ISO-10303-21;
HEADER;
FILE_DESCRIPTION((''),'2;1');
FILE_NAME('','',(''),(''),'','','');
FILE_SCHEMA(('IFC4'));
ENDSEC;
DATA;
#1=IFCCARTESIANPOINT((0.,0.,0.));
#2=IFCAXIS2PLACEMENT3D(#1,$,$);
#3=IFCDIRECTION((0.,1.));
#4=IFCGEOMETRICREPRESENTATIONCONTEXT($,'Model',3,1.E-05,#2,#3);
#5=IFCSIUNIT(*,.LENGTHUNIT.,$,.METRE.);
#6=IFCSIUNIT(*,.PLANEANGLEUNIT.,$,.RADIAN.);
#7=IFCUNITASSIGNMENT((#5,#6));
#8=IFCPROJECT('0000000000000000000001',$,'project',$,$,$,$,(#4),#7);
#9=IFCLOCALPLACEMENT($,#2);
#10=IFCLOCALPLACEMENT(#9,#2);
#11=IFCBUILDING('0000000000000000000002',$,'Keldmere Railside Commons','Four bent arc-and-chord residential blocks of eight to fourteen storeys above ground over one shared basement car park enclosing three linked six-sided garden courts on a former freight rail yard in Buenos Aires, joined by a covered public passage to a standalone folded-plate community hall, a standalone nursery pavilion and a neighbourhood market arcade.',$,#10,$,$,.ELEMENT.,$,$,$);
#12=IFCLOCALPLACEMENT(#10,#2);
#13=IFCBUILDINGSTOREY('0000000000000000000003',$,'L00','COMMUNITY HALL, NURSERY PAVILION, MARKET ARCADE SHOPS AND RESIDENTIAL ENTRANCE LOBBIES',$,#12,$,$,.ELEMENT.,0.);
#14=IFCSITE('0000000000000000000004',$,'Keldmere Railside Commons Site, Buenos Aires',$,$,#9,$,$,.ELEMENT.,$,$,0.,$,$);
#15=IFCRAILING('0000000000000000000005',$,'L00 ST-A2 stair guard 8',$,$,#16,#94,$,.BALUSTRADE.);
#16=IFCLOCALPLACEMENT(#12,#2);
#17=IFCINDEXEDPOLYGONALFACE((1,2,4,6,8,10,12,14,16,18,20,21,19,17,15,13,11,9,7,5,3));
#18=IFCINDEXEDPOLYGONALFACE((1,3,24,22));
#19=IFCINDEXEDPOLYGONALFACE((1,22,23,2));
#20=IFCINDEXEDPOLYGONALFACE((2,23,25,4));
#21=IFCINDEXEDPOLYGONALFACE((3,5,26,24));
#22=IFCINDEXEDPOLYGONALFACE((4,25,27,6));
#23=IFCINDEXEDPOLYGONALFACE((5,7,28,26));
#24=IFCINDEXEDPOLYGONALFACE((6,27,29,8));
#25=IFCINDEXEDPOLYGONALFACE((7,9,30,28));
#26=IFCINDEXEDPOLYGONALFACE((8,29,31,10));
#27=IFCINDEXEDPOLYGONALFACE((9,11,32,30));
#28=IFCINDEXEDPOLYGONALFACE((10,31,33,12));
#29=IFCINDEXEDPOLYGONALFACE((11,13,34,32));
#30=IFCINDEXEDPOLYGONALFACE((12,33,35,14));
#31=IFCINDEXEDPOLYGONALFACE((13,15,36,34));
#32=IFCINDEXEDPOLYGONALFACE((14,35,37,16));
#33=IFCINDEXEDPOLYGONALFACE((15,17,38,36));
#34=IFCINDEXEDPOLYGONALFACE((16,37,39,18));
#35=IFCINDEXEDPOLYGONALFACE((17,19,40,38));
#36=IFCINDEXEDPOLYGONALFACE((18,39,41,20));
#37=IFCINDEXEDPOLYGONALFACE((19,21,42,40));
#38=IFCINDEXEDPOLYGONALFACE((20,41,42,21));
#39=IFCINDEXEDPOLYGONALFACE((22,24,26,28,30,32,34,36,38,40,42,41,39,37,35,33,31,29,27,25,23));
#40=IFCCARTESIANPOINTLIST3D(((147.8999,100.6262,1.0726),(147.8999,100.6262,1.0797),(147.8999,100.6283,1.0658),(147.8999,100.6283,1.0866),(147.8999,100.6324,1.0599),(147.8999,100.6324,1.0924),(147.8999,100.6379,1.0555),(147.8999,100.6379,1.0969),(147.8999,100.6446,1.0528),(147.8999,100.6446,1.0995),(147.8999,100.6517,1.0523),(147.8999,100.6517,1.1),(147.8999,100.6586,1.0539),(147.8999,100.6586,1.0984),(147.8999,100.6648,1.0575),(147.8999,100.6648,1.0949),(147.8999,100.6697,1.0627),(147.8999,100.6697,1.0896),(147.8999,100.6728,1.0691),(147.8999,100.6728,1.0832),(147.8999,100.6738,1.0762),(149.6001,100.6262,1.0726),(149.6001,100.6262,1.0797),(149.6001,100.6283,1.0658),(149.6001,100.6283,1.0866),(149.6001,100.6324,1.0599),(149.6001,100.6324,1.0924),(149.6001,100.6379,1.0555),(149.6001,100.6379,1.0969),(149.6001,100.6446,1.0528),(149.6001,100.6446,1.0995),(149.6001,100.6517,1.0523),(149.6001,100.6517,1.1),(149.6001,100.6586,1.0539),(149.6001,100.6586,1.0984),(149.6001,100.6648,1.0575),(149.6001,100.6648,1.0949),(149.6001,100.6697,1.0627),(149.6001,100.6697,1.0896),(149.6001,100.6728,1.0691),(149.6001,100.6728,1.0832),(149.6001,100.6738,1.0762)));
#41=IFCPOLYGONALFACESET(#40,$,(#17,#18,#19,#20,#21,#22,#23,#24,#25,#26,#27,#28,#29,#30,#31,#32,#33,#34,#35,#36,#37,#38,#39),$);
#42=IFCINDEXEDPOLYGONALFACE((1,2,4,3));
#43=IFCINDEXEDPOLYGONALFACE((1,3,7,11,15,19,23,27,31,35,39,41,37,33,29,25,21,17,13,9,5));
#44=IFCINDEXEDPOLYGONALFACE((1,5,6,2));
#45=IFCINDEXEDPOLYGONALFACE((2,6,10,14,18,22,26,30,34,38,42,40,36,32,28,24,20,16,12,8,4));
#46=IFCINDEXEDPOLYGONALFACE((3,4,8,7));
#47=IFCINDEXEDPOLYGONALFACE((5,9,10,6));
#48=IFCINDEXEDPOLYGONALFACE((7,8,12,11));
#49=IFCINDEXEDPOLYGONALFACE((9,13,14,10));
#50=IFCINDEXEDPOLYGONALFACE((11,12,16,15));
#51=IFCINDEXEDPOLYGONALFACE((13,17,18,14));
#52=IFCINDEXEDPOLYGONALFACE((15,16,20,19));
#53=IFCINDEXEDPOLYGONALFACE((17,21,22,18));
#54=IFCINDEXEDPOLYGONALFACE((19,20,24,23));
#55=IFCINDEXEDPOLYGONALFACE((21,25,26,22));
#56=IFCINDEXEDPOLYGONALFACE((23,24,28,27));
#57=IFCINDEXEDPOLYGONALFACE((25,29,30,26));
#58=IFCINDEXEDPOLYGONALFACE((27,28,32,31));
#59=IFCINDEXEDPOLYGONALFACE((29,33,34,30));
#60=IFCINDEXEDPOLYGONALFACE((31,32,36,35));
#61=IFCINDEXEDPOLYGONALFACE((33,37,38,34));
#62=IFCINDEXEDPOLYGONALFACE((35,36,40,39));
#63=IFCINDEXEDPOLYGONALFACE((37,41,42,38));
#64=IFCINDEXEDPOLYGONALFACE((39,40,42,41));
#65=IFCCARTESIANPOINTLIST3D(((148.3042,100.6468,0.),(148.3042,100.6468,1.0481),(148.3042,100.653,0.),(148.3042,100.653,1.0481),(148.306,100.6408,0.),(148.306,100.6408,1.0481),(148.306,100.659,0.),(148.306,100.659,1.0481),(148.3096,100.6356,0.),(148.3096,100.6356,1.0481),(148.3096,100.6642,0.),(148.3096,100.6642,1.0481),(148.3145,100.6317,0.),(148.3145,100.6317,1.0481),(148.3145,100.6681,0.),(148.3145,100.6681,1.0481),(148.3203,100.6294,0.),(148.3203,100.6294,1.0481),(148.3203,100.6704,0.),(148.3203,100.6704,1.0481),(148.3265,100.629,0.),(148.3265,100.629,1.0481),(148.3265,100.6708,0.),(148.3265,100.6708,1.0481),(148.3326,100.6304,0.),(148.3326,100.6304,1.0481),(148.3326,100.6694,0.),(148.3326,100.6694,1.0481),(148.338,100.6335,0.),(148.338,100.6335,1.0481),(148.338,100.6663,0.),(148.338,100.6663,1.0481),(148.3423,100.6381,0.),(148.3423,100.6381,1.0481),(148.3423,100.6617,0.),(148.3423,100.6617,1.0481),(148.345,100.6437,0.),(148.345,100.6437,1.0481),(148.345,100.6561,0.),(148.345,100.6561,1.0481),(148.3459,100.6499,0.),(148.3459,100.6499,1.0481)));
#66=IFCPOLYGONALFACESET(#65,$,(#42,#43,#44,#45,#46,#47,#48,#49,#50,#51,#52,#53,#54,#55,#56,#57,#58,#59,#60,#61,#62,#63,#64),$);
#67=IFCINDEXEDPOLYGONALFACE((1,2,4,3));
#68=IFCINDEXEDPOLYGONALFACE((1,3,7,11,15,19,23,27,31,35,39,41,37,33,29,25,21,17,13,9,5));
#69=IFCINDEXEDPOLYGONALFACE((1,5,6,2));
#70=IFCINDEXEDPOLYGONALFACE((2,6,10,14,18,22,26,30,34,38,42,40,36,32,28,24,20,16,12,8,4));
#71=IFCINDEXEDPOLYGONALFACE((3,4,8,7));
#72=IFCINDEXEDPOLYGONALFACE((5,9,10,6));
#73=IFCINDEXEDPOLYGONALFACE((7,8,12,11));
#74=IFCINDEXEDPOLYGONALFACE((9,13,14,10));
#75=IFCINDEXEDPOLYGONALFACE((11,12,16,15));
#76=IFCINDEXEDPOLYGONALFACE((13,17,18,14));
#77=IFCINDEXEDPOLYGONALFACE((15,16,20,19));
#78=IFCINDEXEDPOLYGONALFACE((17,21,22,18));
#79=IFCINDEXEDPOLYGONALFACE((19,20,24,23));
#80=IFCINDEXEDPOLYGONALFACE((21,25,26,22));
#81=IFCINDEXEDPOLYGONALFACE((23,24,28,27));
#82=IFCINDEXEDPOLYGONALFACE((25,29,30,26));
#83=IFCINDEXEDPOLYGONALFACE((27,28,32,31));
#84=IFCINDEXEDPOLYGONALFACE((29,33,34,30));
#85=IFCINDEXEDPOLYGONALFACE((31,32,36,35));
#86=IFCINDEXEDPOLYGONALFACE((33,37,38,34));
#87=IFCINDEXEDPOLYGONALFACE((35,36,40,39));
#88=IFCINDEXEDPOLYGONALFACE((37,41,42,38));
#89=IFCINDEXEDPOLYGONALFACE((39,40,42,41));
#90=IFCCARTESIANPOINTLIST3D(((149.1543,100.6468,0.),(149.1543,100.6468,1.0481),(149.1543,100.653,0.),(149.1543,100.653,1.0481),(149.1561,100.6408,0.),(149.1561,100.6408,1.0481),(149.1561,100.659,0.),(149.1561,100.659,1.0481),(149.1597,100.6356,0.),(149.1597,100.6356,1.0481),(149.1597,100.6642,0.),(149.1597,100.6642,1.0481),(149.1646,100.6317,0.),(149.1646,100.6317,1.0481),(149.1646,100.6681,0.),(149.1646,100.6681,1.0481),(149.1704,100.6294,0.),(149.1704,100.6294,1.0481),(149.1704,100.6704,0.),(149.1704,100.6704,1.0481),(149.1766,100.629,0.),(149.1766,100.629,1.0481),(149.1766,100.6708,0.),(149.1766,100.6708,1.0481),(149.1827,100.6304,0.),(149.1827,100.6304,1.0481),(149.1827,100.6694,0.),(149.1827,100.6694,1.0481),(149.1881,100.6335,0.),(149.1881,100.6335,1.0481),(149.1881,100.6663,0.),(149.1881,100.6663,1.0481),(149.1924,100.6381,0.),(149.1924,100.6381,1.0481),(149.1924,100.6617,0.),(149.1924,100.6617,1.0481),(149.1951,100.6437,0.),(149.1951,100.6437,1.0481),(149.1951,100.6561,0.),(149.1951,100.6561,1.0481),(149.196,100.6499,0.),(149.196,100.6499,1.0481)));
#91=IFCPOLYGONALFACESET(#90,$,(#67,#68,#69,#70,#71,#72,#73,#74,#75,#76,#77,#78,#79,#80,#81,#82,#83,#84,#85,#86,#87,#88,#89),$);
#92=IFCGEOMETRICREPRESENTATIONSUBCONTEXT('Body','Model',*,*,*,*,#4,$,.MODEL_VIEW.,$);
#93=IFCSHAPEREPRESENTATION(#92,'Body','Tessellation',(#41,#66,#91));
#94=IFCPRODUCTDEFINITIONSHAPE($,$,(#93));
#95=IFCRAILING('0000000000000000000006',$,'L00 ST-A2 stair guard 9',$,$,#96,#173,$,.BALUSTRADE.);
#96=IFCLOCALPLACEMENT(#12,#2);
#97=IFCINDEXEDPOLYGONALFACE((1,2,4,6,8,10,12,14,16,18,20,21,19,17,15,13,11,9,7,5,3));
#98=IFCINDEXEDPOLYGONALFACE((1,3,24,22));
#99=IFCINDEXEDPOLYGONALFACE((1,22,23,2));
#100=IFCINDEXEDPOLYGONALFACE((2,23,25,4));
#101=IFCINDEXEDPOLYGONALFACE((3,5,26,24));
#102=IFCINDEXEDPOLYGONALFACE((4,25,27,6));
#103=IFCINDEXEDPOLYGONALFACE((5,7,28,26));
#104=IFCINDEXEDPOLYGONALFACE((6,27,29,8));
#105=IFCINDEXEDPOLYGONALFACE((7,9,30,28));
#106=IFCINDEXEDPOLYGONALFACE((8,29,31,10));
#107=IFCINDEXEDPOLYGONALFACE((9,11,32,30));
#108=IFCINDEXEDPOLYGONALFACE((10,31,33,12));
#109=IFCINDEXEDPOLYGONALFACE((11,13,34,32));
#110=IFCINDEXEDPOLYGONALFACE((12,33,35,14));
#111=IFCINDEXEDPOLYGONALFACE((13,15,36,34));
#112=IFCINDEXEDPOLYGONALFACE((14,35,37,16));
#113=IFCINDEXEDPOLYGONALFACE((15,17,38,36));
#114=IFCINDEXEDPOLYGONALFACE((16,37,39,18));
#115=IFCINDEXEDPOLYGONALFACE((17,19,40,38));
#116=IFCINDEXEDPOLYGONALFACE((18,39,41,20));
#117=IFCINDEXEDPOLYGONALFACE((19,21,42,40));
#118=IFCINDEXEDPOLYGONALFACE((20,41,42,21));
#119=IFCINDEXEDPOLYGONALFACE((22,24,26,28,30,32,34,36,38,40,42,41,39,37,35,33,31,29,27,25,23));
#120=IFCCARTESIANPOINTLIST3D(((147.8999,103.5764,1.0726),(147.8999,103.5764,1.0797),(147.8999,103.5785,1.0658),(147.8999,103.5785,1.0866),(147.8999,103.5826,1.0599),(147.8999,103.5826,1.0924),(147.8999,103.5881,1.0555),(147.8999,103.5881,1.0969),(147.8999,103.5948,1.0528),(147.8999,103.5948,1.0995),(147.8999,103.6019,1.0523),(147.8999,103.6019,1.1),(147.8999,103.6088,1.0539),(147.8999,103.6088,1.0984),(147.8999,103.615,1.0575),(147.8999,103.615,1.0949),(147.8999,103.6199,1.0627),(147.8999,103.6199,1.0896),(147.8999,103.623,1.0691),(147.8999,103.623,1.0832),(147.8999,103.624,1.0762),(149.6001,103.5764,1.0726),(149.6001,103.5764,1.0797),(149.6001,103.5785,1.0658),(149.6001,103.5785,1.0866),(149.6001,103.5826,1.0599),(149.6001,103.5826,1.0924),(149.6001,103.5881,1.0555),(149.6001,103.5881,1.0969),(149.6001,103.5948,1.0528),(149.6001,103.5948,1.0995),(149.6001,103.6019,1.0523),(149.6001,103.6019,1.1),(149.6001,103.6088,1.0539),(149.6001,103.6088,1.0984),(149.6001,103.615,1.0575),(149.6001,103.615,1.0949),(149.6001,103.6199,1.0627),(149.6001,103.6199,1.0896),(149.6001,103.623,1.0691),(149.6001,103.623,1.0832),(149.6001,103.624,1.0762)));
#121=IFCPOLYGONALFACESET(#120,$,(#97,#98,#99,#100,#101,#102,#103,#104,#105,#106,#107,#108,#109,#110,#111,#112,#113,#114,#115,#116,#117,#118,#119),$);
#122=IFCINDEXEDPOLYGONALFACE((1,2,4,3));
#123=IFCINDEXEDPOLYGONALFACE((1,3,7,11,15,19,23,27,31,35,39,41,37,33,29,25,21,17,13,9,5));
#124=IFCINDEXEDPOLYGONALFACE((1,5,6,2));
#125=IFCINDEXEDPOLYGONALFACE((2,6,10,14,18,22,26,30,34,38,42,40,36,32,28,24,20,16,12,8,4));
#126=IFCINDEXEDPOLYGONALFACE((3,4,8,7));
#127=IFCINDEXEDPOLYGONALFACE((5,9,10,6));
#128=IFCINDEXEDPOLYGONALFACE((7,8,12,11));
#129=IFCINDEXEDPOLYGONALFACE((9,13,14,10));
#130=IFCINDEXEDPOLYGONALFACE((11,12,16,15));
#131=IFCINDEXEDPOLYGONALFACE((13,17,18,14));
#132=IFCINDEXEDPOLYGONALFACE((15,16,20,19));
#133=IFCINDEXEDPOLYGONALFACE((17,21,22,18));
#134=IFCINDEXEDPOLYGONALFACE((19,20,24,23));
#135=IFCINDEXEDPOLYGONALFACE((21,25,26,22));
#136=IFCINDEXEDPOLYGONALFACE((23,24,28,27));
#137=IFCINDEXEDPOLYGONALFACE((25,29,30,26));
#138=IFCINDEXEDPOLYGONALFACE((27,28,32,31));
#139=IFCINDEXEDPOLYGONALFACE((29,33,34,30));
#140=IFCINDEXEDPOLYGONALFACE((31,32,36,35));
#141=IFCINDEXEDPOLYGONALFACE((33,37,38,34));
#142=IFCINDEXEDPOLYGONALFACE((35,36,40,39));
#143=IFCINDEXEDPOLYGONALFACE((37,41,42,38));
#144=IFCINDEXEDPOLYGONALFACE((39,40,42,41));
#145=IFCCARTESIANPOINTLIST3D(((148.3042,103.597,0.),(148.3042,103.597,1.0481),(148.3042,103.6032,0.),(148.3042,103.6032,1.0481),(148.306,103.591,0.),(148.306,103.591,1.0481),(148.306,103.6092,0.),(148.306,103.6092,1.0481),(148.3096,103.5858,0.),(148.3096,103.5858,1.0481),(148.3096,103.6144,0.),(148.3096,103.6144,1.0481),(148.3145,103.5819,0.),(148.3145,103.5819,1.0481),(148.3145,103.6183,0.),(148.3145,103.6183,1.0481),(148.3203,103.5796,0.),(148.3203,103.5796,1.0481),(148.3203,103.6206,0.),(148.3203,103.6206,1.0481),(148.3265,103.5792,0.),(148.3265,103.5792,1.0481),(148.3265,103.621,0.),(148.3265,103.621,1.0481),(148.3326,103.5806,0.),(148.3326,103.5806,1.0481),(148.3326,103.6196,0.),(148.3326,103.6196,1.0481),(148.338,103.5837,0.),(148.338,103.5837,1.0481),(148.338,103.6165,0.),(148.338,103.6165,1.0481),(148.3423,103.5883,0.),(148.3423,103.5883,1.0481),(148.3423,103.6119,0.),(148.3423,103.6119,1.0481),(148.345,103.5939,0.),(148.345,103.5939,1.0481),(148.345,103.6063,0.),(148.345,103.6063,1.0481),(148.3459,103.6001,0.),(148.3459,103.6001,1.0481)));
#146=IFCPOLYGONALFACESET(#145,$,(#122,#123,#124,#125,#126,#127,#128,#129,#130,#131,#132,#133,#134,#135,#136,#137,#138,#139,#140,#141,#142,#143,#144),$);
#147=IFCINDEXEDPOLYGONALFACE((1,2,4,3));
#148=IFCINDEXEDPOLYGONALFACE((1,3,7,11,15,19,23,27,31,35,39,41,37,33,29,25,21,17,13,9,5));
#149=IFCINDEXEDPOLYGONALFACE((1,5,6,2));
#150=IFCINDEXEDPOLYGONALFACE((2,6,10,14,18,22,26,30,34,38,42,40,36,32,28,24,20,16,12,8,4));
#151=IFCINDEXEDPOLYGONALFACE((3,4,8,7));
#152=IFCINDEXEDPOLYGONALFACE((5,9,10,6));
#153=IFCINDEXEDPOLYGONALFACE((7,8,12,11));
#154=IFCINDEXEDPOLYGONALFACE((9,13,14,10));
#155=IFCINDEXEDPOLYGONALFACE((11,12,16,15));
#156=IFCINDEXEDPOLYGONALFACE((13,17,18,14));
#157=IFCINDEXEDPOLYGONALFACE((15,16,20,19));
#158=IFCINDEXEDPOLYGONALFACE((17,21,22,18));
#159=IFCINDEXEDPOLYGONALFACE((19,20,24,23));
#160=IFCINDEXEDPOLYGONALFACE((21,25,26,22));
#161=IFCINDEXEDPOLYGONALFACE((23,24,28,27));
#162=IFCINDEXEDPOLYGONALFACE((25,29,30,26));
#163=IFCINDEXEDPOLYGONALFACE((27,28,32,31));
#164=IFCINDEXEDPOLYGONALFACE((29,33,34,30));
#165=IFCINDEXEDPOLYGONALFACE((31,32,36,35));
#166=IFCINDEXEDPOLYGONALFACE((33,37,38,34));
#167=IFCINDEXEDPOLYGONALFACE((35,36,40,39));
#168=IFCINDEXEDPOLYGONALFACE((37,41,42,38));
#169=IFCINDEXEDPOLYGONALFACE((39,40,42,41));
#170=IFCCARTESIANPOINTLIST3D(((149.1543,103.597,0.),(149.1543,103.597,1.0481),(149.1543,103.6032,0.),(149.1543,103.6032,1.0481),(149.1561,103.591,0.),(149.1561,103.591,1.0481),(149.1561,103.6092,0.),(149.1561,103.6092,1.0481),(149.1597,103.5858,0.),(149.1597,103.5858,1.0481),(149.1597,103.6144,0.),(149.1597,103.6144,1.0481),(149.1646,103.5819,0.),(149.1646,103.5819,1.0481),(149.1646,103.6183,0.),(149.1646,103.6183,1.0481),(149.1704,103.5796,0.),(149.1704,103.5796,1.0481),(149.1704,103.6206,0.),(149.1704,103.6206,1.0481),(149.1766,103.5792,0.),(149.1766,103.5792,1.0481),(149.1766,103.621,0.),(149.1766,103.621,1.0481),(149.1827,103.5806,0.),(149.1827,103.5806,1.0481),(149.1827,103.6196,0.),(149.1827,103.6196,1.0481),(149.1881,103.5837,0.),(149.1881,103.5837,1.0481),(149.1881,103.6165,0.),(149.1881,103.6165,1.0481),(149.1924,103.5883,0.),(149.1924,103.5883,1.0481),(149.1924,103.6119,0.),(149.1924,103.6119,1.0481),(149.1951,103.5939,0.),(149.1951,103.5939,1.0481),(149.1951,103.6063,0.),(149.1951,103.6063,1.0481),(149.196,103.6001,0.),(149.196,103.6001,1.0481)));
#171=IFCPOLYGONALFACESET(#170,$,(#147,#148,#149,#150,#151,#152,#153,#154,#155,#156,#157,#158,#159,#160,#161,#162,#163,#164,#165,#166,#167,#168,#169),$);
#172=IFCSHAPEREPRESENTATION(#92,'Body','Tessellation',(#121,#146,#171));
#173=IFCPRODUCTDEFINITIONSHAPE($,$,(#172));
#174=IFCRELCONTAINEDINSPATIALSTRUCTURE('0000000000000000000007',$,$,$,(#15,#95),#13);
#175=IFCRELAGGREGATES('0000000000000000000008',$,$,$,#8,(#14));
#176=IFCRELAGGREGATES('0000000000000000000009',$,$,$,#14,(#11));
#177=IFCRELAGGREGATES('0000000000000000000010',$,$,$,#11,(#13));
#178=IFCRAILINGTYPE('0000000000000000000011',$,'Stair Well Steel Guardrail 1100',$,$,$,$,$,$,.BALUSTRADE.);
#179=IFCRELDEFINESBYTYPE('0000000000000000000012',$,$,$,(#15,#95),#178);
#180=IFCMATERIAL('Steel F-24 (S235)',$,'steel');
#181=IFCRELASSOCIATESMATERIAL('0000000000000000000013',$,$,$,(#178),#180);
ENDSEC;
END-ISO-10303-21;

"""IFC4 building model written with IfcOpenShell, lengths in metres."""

from ifc_helpers import new_model, si_unit, direction, frame, origin, origin_2d, place, context, subcontext, project, spatial, circle, extrude, material, type_object, element, save


model = new_model("IFC4")

# Units and contexts
model_context = context("Model", 3, precision=1e-05, world=origin(), true_north=direction((0.0, 1.0)))
body_context = subcontext(model_context, "Body", "Model", "MODEL_VIEW")
ifc_project = project(units=[si_unit("LENGTHUNIT", "METRE"), si_unit("PLANEANGLEUNIT", "RADIAN")], contexts=[model_context])

# Site, building, storey
site_placement = place(None, origin())
site = spatial("IfcSite", under=ifc_project, at=site_placement, Name="Keldmere Railside Commons Site, Buenos Aires", CompositionType="ELEMENT", RefElevation=0.0)
building_placement = place(site_placement, origin())
building = spatial("IfcBuilding", under=site, at=building_placement, Name="Keldmere Railside Commons", Description="Four bent arc-and-chord residential blocks of eight to fourteen storeys above ground over one shared basement car park enclosing three linked six-sided garden courts on a former freight rail yard in Buenos Aires, joined by a covered public passage to a standalone folded-plate community hall, a standalone nursery pavilion and a neighbourhood market arcade.", CompositionType="ELEMENT")
storey_placement = place(building_placement, origin())
storey = spatial("IfcBuildingStorey", under=building, at=storey_placement, Name="L00", Description="COMMUNITY HALL, NURSERY PAVILION, MARKET ARCADE SHOPS AND RESIDENTIAL ENTRANCE LOBBIES", CompositionType="ELEMENT", Elevation=0.0)

# Shared definitions
ifc_material_1 = material(Name="Steel F-24 (S235)", Category="steel")

# Railings
railing_type_1 = type_object("IfcRailingType", Name="Stair Well Steel Guardrail 1100", PredefinedType="BALUSTRADE", material=ifc_material_1)
for number, where, name in (
    (1, (147.8999, 100.6499, 0.0), "L00 ST-A2 stair guard 8"),
    (2, (147.8999, 103.6001, 0.0), "L00 ST-A2 stair guard 9"),
):
    element("IfcRailing", number, at=place(storey_placement, frame(where)), inside=storey, type_object=railing_type_1, Name=name, PredefinedType="BALUSTRADE", context=body_context, shape_type="SweptSolid", body=[
        extrude(circle(Radius=0.0239, at=origin_2d()), frame((0.0, 0.0, 1.0762), z_axis=(1.0, 0.0, 0.0), x_axis=(0.0, 1.0, 0.0)), (0.0, 0.0, 1.0), 1.7002),
        extrude(circle(Radius=0.021, at=origin_2d()), frame((0.425, 0.0, 0.0)), (0.0, 0.0, 1.0), 1.0481),
        extrude(circle(Radius=0.021, at=origin_2d()), frame((1.2751, 0.0, 0.0)), (0.0, 0.0, 1.0), 1.0481),
    ])

save(model, "model.ifc")
